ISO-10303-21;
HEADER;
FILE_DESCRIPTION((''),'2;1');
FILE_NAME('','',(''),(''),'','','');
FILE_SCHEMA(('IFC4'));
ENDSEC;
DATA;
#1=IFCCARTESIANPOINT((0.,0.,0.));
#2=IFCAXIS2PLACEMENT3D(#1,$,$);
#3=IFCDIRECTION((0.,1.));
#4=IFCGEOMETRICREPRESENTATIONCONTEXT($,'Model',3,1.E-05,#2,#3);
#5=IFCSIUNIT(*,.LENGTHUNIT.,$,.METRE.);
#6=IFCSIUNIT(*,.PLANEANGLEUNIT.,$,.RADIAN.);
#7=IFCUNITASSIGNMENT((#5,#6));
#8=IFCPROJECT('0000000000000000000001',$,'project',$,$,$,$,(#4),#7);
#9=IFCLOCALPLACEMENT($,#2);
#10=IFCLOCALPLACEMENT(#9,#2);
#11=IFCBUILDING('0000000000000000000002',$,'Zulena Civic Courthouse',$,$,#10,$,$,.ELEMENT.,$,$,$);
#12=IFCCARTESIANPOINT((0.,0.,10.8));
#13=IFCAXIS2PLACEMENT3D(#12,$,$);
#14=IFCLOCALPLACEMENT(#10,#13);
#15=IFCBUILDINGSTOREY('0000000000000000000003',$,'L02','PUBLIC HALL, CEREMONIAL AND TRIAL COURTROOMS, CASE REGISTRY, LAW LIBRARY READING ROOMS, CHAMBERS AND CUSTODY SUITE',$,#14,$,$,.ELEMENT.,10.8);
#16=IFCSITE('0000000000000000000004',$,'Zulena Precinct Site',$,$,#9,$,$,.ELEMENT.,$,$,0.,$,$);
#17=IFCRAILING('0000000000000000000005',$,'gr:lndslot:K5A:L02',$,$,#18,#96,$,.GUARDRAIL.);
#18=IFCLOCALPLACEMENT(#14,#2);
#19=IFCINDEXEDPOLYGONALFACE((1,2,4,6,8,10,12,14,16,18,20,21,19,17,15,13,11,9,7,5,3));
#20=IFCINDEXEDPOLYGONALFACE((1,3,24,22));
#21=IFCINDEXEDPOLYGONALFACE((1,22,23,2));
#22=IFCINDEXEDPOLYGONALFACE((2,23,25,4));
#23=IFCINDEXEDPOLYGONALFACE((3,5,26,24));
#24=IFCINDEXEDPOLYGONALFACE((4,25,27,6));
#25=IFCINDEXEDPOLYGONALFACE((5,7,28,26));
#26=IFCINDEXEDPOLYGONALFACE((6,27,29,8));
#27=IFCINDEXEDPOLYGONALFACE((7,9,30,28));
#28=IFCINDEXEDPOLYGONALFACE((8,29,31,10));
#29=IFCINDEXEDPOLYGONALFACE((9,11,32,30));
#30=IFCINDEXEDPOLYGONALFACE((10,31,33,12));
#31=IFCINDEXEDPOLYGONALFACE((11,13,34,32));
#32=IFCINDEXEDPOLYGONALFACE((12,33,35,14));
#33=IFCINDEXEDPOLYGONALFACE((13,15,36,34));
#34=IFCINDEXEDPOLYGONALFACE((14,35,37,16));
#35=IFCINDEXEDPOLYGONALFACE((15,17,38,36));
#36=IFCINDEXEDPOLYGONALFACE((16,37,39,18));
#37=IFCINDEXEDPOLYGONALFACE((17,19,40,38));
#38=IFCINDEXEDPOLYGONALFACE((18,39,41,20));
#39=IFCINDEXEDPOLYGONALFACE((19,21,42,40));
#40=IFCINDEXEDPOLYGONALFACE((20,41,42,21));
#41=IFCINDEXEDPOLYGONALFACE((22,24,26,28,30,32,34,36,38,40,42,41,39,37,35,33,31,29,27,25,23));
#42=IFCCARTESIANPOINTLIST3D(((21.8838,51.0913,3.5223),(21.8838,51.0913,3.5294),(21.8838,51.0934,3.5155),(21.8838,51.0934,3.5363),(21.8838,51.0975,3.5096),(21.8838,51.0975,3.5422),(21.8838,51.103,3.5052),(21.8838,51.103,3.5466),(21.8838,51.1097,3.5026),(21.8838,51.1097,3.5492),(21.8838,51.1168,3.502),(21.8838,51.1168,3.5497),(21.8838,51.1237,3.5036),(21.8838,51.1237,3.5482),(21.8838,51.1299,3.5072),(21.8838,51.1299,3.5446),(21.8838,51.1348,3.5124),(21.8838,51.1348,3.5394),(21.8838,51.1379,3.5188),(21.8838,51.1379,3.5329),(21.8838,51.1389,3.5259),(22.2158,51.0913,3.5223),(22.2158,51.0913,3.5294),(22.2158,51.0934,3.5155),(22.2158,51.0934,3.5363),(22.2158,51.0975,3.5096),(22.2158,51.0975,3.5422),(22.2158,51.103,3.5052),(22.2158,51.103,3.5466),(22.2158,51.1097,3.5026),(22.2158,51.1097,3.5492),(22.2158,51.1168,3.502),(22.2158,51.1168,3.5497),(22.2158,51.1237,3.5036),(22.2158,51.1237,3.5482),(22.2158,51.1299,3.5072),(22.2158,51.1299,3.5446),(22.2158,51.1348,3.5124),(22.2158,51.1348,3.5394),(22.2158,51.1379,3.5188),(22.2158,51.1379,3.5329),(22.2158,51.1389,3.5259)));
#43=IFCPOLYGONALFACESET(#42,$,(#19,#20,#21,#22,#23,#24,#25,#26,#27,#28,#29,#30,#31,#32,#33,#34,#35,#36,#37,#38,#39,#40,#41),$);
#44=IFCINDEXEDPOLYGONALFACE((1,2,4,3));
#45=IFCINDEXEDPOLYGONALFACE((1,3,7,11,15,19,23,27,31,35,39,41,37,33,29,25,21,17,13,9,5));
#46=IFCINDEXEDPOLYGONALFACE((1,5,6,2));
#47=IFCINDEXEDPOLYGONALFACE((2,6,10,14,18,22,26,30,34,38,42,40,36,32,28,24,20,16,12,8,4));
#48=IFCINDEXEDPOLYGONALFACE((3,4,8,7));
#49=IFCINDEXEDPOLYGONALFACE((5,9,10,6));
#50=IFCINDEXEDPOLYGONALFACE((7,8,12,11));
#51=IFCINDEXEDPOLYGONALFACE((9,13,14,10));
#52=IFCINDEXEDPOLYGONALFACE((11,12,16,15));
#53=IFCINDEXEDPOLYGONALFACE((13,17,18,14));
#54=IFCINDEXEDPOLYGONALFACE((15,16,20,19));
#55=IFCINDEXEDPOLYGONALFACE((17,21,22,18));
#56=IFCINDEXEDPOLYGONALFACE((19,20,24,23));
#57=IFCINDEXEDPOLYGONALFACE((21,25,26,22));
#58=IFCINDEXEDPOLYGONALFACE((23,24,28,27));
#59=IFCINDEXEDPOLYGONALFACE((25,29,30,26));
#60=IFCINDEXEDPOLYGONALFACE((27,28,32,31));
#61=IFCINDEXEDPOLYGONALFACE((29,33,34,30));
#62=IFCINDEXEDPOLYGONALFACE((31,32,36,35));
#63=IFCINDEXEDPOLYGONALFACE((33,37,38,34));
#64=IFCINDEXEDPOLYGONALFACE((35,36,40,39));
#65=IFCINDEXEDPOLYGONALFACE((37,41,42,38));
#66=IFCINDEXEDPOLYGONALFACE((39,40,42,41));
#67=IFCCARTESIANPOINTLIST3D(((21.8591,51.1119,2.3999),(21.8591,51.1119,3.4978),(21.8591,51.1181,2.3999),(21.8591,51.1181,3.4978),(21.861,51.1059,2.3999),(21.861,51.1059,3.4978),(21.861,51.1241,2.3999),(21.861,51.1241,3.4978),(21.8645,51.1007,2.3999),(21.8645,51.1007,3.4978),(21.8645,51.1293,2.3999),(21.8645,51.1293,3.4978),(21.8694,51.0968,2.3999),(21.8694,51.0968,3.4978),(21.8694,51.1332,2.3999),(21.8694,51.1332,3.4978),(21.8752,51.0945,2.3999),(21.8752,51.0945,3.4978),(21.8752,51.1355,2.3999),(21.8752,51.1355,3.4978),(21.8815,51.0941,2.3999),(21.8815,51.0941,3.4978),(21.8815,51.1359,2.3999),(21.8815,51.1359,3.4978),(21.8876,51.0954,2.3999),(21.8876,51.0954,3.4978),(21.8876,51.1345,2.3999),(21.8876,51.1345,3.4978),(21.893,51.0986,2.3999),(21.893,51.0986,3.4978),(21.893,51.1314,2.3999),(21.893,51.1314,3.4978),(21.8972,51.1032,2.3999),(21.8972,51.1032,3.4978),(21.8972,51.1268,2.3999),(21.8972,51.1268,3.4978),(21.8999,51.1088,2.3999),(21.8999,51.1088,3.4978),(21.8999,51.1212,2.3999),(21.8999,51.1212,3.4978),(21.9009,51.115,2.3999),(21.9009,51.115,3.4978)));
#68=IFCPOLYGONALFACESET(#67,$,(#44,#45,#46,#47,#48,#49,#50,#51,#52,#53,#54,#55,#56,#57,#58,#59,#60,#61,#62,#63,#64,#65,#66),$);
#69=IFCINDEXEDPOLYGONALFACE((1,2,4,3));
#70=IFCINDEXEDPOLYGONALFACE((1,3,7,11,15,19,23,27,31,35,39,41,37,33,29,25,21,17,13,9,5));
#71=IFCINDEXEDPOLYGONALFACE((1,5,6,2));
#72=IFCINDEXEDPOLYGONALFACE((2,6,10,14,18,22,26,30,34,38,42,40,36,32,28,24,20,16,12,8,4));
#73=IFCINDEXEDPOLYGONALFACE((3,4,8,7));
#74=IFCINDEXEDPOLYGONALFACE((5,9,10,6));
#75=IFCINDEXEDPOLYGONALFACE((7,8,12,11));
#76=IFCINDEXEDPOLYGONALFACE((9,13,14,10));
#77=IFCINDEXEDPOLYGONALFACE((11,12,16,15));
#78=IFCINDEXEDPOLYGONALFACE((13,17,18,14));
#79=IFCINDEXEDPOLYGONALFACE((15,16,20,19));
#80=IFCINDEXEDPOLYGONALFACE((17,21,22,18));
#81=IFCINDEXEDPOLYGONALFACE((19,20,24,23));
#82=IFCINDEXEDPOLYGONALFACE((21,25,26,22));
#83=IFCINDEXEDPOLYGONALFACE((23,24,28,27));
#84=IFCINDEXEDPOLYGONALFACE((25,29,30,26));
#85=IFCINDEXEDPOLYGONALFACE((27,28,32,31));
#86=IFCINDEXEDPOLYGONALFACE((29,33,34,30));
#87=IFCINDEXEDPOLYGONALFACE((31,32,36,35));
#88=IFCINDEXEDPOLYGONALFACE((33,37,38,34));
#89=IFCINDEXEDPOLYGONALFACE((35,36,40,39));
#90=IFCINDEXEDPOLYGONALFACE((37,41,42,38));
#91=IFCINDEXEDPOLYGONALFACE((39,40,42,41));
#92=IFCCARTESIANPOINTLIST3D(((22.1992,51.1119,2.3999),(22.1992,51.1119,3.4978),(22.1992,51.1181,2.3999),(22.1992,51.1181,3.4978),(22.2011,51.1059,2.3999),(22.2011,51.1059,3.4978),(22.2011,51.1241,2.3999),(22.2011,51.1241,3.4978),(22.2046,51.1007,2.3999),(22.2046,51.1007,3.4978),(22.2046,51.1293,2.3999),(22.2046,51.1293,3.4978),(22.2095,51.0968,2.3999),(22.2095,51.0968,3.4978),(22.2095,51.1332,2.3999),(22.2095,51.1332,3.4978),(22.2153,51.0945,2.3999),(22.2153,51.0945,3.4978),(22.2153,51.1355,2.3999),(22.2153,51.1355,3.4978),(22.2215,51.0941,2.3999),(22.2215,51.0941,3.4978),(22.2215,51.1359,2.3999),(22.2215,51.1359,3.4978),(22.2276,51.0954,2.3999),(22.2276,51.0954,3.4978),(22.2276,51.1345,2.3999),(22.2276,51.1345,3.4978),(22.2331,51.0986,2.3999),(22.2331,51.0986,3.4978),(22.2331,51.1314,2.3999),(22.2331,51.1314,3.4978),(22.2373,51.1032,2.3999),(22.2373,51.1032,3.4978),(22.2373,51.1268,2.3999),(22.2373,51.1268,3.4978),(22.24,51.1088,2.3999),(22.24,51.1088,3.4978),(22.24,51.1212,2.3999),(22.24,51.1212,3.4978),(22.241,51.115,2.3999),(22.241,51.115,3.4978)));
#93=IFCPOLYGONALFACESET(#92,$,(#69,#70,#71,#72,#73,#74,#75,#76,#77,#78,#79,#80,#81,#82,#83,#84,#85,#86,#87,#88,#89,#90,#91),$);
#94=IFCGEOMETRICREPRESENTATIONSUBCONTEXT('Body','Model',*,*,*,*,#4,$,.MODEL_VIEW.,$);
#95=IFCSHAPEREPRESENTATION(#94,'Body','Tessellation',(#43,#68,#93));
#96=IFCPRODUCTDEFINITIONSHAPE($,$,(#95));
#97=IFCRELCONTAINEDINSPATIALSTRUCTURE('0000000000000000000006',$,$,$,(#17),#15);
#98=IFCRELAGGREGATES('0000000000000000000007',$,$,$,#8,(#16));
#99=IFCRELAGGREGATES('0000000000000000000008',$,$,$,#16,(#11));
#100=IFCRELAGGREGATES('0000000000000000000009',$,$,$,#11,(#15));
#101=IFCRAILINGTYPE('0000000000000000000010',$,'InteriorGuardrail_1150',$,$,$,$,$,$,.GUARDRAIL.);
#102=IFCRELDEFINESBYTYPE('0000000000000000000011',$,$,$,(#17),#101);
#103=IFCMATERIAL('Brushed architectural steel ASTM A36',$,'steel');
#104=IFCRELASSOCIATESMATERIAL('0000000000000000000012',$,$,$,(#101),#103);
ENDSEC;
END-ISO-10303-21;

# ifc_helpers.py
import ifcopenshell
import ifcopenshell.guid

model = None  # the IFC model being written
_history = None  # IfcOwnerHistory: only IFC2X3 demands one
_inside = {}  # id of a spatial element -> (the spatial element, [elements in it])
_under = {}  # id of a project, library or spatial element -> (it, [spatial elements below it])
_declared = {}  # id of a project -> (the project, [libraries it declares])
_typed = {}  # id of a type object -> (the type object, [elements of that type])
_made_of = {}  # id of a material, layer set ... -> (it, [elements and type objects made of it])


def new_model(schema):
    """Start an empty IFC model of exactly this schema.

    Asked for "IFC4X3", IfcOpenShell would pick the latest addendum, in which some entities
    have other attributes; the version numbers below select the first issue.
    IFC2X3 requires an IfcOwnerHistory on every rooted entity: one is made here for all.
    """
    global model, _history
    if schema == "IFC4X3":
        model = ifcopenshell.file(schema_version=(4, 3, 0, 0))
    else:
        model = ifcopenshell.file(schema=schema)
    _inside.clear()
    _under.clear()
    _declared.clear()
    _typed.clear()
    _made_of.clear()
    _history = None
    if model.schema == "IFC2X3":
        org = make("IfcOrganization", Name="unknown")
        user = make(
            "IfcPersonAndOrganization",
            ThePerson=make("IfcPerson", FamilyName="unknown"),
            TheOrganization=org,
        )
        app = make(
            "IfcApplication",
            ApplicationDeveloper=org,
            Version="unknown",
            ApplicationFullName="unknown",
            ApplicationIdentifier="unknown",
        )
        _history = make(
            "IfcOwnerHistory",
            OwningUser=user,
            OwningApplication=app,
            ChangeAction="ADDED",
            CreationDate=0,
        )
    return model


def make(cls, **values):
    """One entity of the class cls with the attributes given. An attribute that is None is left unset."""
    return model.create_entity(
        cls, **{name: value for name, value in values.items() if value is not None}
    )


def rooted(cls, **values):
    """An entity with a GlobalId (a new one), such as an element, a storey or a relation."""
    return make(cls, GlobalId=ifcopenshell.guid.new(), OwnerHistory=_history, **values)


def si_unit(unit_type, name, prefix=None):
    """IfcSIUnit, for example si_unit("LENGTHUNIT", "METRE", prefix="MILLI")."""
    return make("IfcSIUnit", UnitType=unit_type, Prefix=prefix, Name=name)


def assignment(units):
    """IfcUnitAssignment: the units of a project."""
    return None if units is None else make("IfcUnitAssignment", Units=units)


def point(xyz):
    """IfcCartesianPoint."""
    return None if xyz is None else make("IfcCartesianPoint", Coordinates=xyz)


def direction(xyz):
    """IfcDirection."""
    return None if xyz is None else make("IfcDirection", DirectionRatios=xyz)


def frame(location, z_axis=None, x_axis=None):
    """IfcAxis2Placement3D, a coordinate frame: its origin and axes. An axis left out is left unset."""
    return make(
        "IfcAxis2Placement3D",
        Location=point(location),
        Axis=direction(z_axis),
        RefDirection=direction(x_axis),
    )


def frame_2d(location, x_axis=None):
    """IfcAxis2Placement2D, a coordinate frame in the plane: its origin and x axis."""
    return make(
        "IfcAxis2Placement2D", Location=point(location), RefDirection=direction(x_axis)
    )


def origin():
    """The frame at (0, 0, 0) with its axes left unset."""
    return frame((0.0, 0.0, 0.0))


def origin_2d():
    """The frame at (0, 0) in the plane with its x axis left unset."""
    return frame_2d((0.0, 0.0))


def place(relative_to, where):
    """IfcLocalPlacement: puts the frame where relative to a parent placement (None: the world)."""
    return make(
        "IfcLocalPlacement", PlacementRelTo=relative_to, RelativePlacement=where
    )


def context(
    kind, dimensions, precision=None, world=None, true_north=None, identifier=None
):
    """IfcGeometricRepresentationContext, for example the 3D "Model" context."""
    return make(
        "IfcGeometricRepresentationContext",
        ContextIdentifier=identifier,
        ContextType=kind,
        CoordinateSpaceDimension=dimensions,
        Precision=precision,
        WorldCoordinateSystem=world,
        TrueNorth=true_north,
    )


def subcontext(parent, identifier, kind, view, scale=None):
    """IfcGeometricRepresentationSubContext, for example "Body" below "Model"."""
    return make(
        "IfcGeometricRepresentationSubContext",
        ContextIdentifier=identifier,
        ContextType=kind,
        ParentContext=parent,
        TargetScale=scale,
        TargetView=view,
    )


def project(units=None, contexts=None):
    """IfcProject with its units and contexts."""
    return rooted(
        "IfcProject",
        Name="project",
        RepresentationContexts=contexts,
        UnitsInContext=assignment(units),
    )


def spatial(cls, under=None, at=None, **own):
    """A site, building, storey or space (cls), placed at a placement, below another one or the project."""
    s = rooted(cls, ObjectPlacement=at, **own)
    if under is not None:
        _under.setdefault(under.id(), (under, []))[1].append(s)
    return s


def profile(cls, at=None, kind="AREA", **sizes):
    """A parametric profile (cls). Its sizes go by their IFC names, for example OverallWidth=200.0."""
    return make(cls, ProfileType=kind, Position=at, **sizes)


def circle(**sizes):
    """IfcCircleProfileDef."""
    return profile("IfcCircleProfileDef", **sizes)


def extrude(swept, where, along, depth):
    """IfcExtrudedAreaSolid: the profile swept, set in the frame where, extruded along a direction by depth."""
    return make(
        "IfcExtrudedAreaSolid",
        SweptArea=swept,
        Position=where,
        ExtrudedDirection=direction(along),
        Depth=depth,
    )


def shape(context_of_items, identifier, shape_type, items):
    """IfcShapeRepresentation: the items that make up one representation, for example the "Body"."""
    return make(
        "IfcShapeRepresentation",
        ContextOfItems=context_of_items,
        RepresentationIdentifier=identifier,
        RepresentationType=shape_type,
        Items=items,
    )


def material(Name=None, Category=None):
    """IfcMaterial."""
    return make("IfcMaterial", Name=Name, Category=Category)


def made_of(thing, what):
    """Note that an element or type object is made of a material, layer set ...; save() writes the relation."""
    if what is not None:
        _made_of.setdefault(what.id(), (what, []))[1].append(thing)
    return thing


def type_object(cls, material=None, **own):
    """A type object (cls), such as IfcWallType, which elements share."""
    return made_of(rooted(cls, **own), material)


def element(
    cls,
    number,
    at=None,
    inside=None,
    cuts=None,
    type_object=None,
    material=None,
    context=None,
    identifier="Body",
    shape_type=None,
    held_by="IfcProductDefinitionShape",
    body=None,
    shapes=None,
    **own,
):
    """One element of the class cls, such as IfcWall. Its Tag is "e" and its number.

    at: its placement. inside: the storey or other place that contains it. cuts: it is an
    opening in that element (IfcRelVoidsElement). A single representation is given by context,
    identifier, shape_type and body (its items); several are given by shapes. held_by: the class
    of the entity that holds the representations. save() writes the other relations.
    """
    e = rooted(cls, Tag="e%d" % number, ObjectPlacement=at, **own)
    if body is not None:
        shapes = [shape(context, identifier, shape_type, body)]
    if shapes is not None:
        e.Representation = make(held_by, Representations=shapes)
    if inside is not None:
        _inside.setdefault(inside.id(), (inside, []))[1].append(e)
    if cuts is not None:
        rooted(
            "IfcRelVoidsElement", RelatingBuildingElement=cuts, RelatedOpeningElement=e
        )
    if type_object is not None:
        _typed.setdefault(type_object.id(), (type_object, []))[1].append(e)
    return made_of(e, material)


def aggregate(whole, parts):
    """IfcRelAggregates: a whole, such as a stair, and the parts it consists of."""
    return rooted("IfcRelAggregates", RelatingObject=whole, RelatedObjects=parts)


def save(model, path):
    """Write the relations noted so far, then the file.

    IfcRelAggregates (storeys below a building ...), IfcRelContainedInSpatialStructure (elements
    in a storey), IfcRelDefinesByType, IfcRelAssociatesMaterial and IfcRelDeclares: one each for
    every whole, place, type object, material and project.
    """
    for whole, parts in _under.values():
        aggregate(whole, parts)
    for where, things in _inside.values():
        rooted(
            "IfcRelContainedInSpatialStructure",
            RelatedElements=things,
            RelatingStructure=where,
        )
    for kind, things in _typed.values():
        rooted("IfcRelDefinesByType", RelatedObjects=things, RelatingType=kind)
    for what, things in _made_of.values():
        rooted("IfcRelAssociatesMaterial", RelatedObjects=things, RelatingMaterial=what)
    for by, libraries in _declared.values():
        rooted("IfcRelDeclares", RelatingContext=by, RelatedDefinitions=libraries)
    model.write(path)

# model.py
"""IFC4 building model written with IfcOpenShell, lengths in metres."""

from ifc_helpers import new_model, si_unit, direction, frame, origin, origin_2d, place, context, subcontext, project, spatial, circle, extrude, material, type_object, element, save


model = new_model("IFC4")

# Units and contexts
model_context = context("Model", 3, precision=1e-05, world=origin(), true_north=direction((0.0, 1.0)))
body_context = subcontext(model_context, "Body", "Model", "MODEL_VIEW")
ifc_project = project(units=[si_unit("LENGTHUNIT", "METRE"), si_unit("PLANEANGLEUNIT", "RADIAN")], contexts=[model_context])

# Site, building, storey
site_placement = place(None, origin())
site = spatial("IfcSite", under=ifc_project, at=site_placement, Name="Zulena Precinct Site", CompositionType="ELEMENT", RefElevation=0.0)
building_placement = place(site_placement, origin())
building = spatial("IfcBuilding", under=site, at=building_placement, Name="Zulena Civic Courthouse", CompositionType="ELEMENT")
storey_placement = place(building_placement, frame((0.0, 0.0, 10.8)))
storey = spatial("IfcBuildingStorey", under=building, at=storey_placement, Name="L02", Description="PUBLIC HALL, CEREMONIAL AND TRIAL COURTROOMS, CASE REGISTRY, LAW LIBRARY READING ROOMS, CHAMBERS AND CUSTODY SUITE", CompositionType="ELEMENT", Elevation=10.8)

# Railing
ifc_material_1 = material(Name="Brushed architectural steel ASTM A36", Category="steel")
railing_type_1 = type_object("IfcRailingType", Name="InteriorGuardrail_1150", PredefinedType="GUARDRAIL", material=ifc_material_1)
railing_1_placement = place(storey_placement, frame((21.8799, 51.115, 2.3999)))
element("IfcRailing", 1, at=railing_1_placement, inside=storey, type_object=railing_type_1, Name="gr:lndslot:K5A:L02", PredefinedType="GUARDRAIL", context=body_context, shape_type="SweptSolid", body=[
    extrude(circle(Radius=0.0239, at=origin_2d()), frame((0.0039, 0.0, 1.126), z_axis=(1.0, 0.0, 0.0), x_axis=(0.0, 1.0, 0.0)), (0.0, 0.0, 1.0), 0.332),
    extrude(circle(Radius=0.021, at=origin_2d()), origin(), (0.0, 0.0, 1.0), 1.0979),
    extrude(circle(Radius=0.021, at=origin_2d()), frame((0.3401, 0.0, 0.0)), (0.0, 0.0, 1.0), 1.0979),
])

save(model, "model.ifc")
